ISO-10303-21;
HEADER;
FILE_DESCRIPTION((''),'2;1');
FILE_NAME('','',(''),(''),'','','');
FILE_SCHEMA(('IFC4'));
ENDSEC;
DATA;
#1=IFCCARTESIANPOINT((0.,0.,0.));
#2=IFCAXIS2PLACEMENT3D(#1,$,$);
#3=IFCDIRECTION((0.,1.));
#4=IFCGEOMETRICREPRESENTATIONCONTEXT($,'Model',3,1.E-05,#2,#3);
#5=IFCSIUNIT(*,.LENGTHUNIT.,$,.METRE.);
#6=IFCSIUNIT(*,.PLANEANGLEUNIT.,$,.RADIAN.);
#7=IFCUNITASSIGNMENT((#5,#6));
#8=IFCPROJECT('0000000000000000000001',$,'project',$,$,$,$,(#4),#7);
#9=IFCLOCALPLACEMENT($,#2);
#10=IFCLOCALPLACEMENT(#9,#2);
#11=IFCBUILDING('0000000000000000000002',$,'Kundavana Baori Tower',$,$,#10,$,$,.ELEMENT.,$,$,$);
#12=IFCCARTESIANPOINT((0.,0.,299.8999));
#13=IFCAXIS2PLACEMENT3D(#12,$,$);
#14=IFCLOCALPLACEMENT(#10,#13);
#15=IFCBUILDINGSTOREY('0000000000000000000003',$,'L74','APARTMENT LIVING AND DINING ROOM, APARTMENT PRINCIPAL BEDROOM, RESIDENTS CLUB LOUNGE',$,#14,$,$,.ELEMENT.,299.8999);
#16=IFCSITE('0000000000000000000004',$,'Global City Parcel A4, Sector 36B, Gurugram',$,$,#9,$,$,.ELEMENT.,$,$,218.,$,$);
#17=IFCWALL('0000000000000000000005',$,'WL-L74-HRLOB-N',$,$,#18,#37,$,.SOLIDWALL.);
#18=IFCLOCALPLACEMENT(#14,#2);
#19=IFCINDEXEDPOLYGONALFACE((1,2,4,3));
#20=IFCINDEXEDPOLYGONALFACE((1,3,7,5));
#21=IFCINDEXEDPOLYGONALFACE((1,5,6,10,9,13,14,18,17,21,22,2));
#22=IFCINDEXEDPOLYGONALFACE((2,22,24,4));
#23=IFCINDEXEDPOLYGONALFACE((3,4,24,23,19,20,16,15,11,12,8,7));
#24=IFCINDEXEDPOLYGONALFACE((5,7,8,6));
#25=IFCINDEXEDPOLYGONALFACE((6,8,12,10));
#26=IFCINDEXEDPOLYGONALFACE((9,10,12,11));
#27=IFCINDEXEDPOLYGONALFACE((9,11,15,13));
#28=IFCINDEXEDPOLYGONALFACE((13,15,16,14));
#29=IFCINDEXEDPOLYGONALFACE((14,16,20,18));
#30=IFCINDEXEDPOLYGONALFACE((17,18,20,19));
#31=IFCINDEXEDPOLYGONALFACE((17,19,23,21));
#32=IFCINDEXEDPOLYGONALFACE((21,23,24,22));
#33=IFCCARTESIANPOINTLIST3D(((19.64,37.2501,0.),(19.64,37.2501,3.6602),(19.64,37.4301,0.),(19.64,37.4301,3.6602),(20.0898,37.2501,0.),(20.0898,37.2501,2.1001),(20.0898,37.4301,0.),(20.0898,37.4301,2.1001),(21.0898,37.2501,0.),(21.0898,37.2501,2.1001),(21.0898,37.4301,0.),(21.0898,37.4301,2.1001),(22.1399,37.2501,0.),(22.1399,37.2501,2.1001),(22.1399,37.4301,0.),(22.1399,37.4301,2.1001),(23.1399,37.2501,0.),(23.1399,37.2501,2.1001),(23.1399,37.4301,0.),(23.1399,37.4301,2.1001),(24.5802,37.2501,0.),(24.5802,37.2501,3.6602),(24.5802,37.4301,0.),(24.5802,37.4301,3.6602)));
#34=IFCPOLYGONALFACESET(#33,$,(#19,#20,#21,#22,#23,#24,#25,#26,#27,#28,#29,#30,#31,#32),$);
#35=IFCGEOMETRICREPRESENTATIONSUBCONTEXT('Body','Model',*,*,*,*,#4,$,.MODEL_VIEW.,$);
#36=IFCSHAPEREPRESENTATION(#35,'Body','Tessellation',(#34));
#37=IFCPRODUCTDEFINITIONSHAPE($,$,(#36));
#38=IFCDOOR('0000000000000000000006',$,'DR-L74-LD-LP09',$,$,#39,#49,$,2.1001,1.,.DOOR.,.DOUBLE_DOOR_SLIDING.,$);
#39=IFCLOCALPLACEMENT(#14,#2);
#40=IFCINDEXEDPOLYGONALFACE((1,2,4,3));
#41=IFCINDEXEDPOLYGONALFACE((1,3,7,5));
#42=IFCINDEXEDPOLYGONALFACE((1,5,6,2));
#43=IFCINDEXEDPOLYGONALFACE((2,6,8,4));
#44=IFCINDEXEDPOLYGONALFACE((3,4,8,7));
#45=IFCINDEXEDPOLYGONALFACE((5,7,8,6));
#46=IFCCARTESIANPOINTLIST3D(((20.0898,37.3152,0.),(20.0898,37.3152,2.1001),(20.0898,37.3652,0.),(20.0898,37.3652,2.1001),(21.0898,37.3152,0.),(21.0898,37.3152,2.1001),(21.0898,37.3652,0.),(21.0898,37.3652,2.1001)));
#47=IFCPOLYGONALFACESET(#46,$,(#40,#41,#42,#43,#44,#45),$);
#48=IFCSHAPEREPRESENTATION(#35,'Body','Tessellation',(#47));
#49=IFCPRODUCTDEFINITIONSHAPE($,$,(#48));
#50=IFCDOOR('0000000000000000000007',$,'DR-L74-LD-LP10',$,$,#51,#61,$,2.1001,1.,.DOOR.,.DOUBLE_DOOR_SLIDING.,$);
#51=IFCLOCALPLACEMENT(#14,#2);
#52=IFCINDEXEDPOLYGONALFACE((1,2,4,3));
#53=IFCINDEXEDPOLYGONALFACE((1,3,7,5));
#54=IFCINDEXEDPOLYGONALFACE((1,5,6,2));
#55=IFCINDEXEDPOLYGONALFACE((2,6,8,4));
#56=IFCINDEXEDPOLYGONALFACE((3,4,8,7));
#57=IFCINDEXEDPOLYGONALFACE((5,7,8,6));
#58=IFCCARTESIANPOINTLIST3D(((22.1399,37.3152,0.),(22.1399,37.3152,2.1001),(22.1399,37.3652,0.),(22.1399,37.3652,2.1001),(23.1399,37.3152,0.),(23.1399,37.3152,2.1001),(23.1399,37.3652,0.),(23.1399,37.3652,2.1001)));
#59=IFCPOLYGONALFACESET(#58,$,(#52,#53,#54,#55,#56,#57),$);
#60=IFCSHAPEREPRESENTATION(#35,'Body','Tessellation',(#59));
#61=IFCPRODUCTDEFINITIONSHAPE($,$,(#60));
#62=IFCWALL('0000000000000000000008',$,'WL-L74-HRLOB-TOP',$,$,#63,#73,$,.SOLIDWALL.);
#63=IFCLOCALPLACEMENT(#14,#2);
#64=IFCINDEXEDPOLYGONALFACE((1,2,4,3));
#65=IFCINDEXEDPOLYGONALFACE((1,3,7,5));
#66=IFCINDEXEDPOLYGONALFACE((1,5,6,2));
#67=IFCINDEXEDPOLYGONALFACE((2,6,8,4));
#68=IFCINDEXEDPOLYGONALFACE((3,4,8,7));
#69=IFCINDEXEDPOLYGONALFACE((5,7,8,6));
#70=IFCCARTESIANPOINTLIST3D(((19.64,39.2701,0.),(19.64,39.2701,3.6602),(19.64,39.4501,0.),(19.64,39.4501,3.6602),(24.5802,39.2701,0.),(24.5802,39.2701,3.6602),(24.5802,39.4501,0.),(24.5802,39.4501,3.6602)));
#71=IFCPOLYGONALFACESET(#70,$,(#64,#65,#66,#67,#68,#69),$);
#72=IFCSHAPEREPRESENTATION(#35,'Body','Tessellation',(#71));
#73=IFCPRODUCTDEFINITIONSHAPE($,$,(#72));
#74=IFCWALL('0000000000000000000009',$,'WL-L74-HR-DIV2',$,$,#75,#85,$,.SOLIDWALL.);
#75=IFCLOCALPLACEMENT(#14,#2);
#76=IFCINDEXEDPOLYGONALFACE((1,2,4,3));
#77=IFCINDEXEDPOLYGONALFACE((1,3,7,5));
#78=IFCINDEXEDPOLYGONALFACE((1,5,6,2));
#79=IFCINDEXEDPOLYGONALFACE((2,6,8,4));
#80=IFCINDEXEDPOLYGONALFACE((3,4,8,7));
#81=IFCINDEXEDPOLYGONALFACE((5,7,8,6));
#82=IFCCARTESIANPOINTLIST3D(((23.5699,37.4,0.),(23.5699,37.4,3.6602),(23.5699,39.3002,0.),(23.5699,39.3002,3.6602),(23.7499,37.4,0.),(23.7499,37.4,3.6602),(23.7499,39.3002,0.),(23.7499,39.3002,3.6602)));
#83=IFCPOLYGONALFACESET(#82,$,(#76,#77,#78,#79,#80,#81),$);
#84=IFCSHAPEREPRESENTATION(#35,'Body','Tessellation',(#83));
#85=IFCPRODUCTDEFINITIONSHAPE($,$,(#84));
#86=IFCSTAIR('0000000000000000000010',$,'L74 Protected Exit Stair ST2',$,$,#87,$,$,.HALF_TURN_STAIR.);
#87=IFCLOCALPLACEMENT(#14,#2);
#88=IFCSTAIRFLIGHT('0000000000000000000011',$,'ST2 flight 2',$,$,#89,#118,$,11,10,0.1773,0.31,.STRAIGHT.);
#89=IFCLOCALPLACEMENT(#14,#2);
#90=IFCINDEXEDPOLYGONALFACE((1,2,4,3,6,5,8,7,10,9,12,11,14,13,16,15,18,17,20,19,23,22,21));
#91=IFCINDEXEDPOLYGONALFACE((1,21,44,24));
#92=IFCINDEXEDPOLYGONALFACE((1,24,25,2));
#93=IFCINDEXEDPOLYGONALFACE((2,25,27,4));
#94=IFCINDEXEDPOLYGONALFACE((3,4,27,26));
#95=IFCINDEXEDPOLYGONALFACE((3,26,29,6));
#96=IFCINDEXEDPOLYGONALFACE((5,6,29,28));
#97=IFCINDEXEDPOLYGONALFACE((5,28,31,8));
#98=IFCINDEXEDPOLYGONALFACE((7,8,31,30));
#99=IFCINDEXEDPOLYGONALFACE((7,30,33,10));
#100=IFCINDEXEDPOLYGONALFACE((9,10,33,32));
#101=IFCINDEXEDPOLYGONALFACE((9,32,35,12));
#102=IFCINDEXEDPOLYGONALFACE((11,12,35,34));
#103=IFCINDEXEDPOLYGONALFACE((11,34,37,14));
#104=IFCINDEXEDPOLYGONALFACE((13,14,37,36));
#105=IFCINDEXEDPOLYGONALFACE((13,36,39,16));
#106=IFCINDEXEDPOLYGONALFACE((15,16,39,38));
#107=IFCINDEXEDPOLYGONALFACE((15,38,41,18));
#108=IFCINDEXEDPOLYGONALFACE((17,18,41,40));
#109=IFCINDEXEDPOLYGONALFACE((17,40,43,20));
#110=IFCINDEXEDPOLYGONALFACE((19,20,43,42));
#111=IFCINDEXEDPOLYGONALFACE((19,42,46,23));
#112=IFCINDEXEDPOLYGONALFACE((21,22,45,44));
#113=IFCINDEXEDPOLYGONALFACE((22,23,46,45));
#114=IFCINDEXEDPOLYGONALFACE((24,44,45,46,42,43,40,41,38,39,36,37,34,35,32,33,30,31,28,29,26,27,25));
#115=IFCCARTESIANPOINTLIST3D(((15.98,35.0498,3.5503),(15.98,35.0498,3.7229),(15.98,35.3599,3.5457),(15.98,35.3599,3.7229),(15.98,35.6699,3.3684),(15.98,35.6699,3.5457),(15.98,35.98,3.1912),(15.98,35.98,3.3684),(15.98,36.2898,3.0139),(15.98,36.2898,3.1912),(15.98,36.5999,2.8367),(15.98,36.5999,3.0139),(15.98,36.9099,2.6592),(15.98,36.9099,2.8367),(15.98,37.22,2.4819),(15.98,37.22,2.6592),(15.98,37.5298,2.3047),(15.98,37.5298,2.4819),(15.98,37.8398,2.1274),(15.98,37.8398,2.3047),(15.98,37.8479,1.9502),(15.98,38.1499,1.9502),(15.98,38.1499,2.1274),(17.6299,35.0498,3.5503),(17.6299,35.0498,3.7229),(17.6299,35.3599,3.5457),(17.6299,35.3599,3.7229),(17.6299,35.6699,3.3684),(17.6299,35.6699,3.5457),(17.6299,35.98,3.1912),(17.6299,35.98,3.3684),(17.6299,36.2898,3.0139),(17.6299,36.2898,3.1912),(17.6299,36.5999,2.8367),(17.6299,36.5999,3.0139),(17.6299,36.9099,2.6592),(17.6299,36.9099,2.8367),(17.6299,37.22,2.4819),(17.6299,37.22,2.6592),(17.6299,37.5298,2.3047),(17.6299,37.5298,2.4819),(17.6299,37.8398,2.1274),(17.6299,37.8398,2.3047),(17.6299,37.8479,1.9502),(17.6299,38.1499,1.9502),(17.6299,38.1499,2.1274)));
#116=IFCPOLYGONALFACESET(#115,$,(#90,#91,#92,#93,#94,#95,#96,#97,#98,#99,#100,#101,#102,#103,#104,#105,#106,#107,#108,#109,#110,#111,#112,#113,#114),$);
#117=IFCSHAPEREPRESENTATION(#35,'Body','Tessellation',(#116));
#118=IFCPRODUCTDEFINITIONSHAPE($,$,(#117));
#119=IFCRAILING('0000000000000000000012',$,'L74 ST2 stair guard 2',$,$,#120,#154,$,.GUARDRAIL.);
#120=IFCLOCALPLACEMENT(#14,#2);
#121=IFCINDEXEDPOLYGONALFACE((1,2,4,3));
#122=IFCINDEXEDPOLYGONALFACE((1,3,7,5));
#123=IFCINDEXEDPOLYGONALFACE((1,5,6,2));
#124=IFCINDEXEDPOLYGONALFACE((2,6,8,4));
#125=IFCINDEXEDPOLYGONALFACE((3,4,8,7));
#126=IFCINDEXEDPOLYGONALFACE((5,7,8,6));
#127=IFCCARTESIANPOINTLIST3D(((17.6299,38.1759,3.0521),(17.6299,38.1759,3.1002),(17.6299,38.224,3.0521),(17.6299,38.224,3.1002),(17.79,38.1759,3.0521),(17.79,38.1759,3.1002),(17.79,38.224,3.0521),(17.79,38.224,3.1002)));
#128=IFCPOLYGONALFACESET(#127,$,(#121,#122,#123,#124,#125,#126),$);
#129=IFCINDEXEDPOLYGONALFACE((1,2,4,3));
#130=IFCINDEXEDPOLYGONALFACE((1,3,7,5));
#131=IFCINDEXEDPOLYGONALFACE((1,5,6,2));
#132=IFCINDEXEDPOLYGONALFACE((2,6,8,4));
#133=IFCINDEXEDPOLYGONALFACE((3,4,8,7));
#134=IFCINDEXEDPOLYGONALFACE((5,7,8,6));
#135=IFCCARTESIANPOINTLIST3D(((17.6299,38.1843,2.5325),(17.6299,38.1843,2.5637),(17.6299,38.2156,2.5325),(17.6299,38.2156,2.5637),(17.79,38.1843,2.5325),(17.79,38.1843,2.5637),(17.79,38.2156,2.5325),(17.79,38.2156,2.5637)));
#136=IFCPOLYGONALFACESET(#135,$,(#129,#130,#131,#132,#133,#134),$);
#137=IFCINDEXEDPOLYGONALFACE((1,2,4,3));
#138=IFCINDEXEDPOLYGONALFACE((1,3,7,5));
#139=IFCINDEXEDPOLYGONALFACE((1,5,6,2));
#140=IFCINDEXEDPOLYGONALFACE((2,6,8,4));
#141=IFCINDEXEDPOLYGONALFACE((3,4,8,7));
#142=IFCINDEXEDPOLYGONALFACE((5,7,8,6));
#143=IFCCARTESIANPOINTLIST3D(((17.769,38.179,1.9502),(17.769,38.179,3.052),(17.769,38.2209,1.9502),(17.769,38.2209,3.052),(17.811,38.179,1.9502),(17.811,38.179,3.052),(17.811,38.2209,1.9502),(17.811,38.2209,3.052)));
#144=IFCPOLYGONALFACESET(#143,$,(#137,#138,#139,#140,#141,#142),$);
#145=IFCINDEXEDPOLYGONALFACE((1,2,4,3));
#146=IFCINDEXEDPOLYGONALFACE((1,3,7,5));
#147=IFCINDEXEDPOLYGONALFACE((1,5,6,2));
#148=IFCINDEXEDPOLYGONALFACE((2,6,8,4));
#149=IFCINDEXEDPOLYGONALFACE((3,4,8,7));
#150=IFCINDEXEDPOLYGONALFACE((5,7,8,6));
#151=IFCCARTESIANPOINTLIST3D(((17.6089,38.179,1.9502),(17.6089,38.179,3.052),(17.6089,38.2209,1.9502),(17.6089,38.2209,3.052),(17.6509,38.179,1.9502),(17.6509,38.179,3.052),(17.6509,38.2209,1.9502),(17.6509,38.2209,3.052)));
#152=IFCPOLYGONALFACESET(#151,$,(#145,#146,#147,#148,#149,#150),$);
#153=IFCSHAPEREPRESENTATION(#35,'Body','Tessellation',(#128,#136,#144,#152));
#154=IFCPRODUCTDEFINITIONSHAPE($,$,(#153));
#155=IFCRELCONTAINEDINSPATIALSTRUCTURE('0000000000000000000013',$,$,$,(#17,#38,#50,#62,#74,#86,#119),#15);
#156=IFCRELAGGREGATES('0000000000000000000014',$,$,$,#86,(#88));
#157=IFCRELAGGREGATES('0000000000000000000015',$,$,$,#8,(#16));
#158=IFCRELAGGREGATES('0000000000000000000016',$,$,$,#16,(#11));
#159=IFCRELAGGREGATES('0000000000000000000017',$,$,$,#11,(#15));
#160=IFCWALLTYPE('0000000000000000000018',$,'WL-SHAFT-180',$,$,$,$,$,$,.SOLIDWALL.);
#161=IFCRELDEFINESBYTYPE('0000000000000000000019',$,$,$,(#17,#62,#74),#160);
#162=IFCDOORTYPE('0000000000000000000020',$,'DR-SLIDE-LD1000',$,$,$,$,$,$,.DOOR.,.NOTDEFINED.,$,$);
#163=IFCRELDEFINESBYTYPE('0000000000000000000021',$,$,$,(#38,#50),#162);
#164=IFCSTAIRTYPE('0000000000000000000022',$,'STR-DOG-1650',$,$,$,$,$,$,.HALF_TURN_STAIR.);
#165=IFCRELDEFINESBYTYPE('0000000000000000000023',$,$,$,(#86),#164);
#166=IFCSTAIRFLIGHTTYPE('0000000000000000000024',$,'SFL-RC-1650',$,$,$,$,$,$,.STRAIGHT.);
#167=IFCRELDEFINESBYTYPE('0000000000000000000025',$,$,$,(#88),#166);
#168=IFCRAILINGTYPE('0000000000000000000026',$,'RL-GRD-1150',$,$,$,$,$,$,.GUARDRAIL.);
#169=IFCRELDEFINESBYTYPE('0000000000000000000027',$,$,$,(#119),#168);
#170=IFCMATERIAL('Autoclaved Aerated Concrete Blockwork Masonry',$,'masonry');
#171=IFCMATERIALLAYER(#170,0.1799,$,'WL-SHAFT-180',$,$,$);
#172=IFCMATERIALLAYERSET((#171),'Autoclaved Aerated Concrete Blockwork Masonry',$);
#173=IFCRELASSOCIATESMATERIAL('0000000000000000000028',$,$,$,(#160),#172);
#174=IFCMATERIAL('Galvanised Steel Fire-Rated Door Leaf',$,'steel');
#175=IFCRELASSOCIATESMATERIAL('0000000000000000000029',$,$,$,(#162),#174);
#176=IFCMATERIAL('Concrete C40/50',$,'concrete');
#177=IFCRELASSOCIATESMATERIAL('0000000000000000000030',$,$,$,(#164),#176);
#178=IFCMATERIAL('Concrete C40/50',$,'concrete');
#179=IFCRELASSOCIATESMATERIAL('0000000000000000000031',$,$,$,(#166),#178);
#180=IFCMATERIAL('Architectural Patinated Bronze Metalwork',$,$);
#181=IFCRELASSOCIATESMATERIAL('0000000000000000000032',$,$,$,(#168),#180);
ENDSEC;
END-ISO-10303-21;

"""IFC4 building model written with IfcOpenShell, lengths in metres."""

from ifc_helpers import new_model, si_unit, direction, frame, frame_2d, origin, origin_2d, place, context, subcontext, project, spatial, polyline, rectangle, outline, extrude, material, layer, layer_set, type_object, element, fill, aggregate, save


model = new_model("IFC4")

# Units and contexts
model_context = context("Model", 3, precision=1e-05, world=origin(), true_north=direction((0.0, 1.0)))
body_context = subcontext(model_context, "Body", "Model", "MODEL_VIEW")
ifc_project = project(units=[si_unit("LENGTHUNIT", "METRE"), si_unit("PLANEANGLEUNIT", "RADIAN")], contexts=[model_context])

# Site, building, storey
site_placement = place(None, origin())
site = spatial("IfcSite", under=ifc_project, at=site_placement, Name="Global City Parcel A4, Sector 36B, Gurugram", CompositionType="ELEMENT", RefElevation=218.0)
building_placement = place(site_placement, origin())
building = spatial("IfcBuilding", under=site, at=building_placement, Name="Kundavana Baori Tower", CompositionType="ELEMENT")
storey_placement = place(building_placement, frame((0.0, 0.0, 299.8999)))
storey = spatial("IfcBuildingStorey", under=building, at=storey_placement, Name="L74", Description="APARTMENT LIVING AND DINING ROOM, APARTMENT PRINCIPAL BEDROOM, RESIDENTS CLUB LOUNGE", CompositionType="ELEMENT", Elevation=299.8999)

# Wall, openings, doors
ifc_material_1 = material(Name="Autoclaved Aerated Concrete Blockwork Masonry", Category="masonry")
ifc_layer_1 = layer(ifc_material_1, 0.1799, Name="WL-SHAFT-180")
ifc_layer_set_1 = layer_set([ifc_layer_1], Name="Autoclaved Aerated Concrete Blockwork Masonry")
wall_type_1 = type_object("IfcWallType", Name="WL-SHAFT-180", PredefinedType="SOLIDWALL", material=ifc_layer_set_1)
wall_1_placement = place(storey_placement, frame((19.6399, 37.3401, 0.0), z_axis=(0.0, 0.0, 1.0), x_axis=(1.0, 0.0, 0.0)))
wall_1 = element("IfcWall", 1, at=wall_1_placement, inside=storey, type_object=wall_type_1, Name="WL-L74-HRLOB-N", PredefinedType="SOLIDWALL", context=body_context, shape_type="SweptSolid", body=[
    extrude(rectangle(XDim=4.9402, YDim=0.1799, at=frame_2d((2.4702, 0.0))), origin(), (0.0, 0.0, 1.0), 3.6602),
])
opening_1_placement = place(wall_1_placement, frame((0.45, 0.0, 0.0)))
opening_1 = element("IfcOpeningElement", 2, at=opening_1_placement, cuts=wall_1, PredefinedType="OPENING", context=body_context, shape_type="SweptSolid", body=[
    extrude(rectangle(XDim=1.0, YDim=2.1001, at=frame_2d((0.5, 1.05))), frame((0.0, 0.1001, 0.0), z_axis=(0.0, -1.0, 0.0), x_axis=(1.0, 0.0, 0.0)), (0.0, 0.0, 1.0), 0.2),
])
opening_2_placement = place(wall_1_placement, frame((2.5, 0.0, 0.0)))
opening_2 = element("IfcOpeningElement", 3, at=opening_2_placement, cuts=wall_1, PredefinedType="OPENING", context=body_context, shape_type="SweptSolid", body=[
    extrude(rectangle(XDim=1.0, YDim=2.1001, at=frame_2d((0.5, 1.05))), frame((0.0, 0.1001, 0.0), z_axis=(0.0, -1.0, 0.0), x_axis=(1.0, 0.0, 0.0)), (0.0, 0.0, 1.0), 0.2),
])
ifc_material_2 = material(Name="Galvanised Steel Fire-Rated Door Leaf", Category="steel")
door_type_1 = type_object("IfcDoorType", Name="DR-SLIDE-LD1000", OperationType="NOTDEFINED", PredefinedType="DOOR", material=ifc_material_2)
door_1_placement = place(opening_1_placement, frame((1.0, 0.0, 0.0), z_axis=(0.0, 0.0, 1.0), x_axis=(-1.0, 0.0, 0.0)))
door_1 = element("IfcDoor", 4, at=door_1_placement, inside=storey, type_object=door_type_1, Name="DR-L74-LD-LP09", OperationType="DOUBLE_DOOR_SLIDING", OverallHeight=2.1001, OverallWidth=1.0, PredefinedType="DOOR", context=body_context, shape_type="SweptSolid", body=[
    extrude(rectangle(XDim=1.0, YDim=2.1001, at=frame_2d((0.5, 1.05))), frame((0.0, 0.0249, 0.0), z_axis=(0.0, -1.0, 0.0), x_axis=(1.0, 0.0, 0.0)), (0.0, 0.0, 1.0), 0.05),
])
fill(opening_1, door_1)
door_2_placement = place(opening_2_placement, frame((1.0, 0.0, 0.0), z_axis=(0.0, 0.0, 1.0), x_axis=(-1.0, 0.0, 0.0)))
door_2 = element("IfcDoor", 5, at=door_2_placement, inside=storey, type_object=door_type_1, Name="DR-L74-LD-LP10", OperationType="DOUBLE_DOOR_SLIDING", OverallHeight=2.1001, OverallWidth=1.0, PredefinedType="DOOR", context=body_context, shape_type="SweptSolid", body=[
    extrude(rectangle(XDim=1.0, YDim=2.1001, at=frame_2d((0.5, 1.05))), frame((0.0, 0.0249, 0.0), z_axis=(0.0, -1.0, 0.0), x_axis=(1.0, 0.0, 0.0)), (0.0, 0.0, 1.0), 0.05),
])
fill(opening_2, door_2)

# Walls
wall_2_placement = place(storey_placement, frame((19.6399, 39.3601, 0.0), z_axis=(0.0, 0.0, 1.0), x_axis=(1.0, 0.0, 0.0)))
element("IfcWall", 6, at=wall_2_placement, inside=storey, type_object=wall_type_1, Name="WL-L74-HRLOB-TOP", PredefinedType="SOLIDWALL", context=body_context, shape_type="SweptSolid", body=[
    extrude(rectangle(XDim=4.9402, YDim=0.1799, at=frame_2d((2.4702, 0.0))), origin(), (0.0, 0.0, 1.0), 3.6602),
])
wall_3_placement = place(storey_placement, frame((23.6599, 37.3999, 0.0), z_axis=(0.0, 0.0, 1.0), x_axis=(0.0, 1.0, 0.0)))
element("IfcWall", 7, at=wall_3_placement, inside=storey, type_object=wall_type_1, Name="WL-L74-HR-DIV2", PredefinedType="SOLIDWALL", context=body_context, shape_type="SweptSolid", body=[
    extrude(rectangle(XDim=1.9001, YDim=0.1799, at=frame_2d((0.9502, 0.0))), origin(), (0.0, 0.0, 1.0), 3.6602),
])

# Stair, stair flight
ifc_material_3 = material(Name="Concrete C40/50", Category="concrete")
stair_type = type_object("IfcStairType", Name="STR-DOG-1650", PredefinedType="HALF_TURN_STAIR", material=ifc_material_3)
stair_placement = place(storey_placement, origin())
stair = element("IfcStair", 8, at=stair_placement, inside=storey, type_object=stair_type, Name="L74 Protected Exit Stair ST2", PredefinedType="HALF_TURN_STAIR")
ifc_material_4 = material(Name="Concrete C40/50", Category="concrete")
stair_flight_type = type_object("IfcStairFlightType", Name="SFL-RC-1650", PredefinedType="STRAIGHT", material=ifc_material_4)
stair_flight_placement = place(storey_placement, frame((16.8049, 38.1499, 1.9502), z_axis=(0.0, 0.0, 1.0), x_axis=(0.0, -1.0, 0.0)))
stair_flight = element("IfcStairFlight", 9, at=stair_flight_placement, type_object=stair_flight_type, Name="ST2 flight 2", NumberOfRisers=11, NumberOfTreads=10, PredefinedType="STRAIGHT", RiserHeight=0.1773, TreadLength=0.31, context=body_context, shape_type="SweptSolid", body=[
    extrude(outline(polyline([(0.0, 0.0), (0.0, 0.1772), (0.3101, 0.1772), (0.3101, 0.3545), (0.6201, 0.3545), (0.6201, 0.5317), (0.9299, 0.5317), (0.9299, 0.709), (1.24, 0.709), (1.24, 0.8865), (1.55, 0.8865), (1.55, 1.0637), (1.8601, 1.0637), (1.8601, 1.241), (2.1699, 1.241), (2.1699, 1.4182), (2.48, 1.4182), (2.48, 1.5955), (2.79, 1.5955), (2.79, 1.7727), (3.1001, 1.7727), (3.1001, 1.95), (3.1001, 1.6001), (0.302, 0.0), (0.0, 0.0)])), frame((0.0, 0.825, 0.0), z_axis=(0.0, -1.0, 0.0), x_axis=(1.0, 0.0, 0.0)), (0.0, 0.0, 1.0), 1.6499),
])
aggregate(stair, [stair_flight])

# Railing
ifc_material_5 = material(Name="Architectural Patinated Bronze Metalwork")
railing_type_1 = type_object("IfcRailingType", Name="RL-GRD-1150", PredefinedType="GUARDRAIL", material=ifc_material_5)
railing_1_placement = place(storey_placement, frame((17.79, 38.2, 1.9502)))
element("IfcRailing", 10, at=railing_1_placement, inside=storey, type_object=railing_type_1, Name="L74 ST2 stair guard 2", PredefinedType="GUARDRAIL", context=body_context, shape_type="SweptSolid", body=[
    extrude(rectangle(XDim=0.0481, YDim=0.0481, at=origin_2d()), frame((0.0, 0.0, 1.126), z_axis=(-1.0, 0.0, 0.0), x_axis=(0.0, -1.0, 0.0)), (0.0, 0.0, 1.0), 0.1602),
    extrude(rectangle(XDim=0.0312, YDim=0.0312, at=origin_2d()), frame((0.0, 0.0, 0.5979), z_axis=(-1.0, 0.0, 0.0), x_axis=(0.0, -1.0, 0.0)), (0.0, 0.0, 1.0), 0.1602),
    extrude(rectangle(XDim=0.042, YDim=0.042, at=origin_2d()), origin(), (0.0, 0.0, 1.0), 1.1018),
    extrude(rectangle(XDim=0.042, YDim=0.042, at=origin_2d()), frame((-0.1602, 0.0, 0.0)), (0.0, 0.0, 1.0), 1.1018),
])

save(model, "model.ifc")
